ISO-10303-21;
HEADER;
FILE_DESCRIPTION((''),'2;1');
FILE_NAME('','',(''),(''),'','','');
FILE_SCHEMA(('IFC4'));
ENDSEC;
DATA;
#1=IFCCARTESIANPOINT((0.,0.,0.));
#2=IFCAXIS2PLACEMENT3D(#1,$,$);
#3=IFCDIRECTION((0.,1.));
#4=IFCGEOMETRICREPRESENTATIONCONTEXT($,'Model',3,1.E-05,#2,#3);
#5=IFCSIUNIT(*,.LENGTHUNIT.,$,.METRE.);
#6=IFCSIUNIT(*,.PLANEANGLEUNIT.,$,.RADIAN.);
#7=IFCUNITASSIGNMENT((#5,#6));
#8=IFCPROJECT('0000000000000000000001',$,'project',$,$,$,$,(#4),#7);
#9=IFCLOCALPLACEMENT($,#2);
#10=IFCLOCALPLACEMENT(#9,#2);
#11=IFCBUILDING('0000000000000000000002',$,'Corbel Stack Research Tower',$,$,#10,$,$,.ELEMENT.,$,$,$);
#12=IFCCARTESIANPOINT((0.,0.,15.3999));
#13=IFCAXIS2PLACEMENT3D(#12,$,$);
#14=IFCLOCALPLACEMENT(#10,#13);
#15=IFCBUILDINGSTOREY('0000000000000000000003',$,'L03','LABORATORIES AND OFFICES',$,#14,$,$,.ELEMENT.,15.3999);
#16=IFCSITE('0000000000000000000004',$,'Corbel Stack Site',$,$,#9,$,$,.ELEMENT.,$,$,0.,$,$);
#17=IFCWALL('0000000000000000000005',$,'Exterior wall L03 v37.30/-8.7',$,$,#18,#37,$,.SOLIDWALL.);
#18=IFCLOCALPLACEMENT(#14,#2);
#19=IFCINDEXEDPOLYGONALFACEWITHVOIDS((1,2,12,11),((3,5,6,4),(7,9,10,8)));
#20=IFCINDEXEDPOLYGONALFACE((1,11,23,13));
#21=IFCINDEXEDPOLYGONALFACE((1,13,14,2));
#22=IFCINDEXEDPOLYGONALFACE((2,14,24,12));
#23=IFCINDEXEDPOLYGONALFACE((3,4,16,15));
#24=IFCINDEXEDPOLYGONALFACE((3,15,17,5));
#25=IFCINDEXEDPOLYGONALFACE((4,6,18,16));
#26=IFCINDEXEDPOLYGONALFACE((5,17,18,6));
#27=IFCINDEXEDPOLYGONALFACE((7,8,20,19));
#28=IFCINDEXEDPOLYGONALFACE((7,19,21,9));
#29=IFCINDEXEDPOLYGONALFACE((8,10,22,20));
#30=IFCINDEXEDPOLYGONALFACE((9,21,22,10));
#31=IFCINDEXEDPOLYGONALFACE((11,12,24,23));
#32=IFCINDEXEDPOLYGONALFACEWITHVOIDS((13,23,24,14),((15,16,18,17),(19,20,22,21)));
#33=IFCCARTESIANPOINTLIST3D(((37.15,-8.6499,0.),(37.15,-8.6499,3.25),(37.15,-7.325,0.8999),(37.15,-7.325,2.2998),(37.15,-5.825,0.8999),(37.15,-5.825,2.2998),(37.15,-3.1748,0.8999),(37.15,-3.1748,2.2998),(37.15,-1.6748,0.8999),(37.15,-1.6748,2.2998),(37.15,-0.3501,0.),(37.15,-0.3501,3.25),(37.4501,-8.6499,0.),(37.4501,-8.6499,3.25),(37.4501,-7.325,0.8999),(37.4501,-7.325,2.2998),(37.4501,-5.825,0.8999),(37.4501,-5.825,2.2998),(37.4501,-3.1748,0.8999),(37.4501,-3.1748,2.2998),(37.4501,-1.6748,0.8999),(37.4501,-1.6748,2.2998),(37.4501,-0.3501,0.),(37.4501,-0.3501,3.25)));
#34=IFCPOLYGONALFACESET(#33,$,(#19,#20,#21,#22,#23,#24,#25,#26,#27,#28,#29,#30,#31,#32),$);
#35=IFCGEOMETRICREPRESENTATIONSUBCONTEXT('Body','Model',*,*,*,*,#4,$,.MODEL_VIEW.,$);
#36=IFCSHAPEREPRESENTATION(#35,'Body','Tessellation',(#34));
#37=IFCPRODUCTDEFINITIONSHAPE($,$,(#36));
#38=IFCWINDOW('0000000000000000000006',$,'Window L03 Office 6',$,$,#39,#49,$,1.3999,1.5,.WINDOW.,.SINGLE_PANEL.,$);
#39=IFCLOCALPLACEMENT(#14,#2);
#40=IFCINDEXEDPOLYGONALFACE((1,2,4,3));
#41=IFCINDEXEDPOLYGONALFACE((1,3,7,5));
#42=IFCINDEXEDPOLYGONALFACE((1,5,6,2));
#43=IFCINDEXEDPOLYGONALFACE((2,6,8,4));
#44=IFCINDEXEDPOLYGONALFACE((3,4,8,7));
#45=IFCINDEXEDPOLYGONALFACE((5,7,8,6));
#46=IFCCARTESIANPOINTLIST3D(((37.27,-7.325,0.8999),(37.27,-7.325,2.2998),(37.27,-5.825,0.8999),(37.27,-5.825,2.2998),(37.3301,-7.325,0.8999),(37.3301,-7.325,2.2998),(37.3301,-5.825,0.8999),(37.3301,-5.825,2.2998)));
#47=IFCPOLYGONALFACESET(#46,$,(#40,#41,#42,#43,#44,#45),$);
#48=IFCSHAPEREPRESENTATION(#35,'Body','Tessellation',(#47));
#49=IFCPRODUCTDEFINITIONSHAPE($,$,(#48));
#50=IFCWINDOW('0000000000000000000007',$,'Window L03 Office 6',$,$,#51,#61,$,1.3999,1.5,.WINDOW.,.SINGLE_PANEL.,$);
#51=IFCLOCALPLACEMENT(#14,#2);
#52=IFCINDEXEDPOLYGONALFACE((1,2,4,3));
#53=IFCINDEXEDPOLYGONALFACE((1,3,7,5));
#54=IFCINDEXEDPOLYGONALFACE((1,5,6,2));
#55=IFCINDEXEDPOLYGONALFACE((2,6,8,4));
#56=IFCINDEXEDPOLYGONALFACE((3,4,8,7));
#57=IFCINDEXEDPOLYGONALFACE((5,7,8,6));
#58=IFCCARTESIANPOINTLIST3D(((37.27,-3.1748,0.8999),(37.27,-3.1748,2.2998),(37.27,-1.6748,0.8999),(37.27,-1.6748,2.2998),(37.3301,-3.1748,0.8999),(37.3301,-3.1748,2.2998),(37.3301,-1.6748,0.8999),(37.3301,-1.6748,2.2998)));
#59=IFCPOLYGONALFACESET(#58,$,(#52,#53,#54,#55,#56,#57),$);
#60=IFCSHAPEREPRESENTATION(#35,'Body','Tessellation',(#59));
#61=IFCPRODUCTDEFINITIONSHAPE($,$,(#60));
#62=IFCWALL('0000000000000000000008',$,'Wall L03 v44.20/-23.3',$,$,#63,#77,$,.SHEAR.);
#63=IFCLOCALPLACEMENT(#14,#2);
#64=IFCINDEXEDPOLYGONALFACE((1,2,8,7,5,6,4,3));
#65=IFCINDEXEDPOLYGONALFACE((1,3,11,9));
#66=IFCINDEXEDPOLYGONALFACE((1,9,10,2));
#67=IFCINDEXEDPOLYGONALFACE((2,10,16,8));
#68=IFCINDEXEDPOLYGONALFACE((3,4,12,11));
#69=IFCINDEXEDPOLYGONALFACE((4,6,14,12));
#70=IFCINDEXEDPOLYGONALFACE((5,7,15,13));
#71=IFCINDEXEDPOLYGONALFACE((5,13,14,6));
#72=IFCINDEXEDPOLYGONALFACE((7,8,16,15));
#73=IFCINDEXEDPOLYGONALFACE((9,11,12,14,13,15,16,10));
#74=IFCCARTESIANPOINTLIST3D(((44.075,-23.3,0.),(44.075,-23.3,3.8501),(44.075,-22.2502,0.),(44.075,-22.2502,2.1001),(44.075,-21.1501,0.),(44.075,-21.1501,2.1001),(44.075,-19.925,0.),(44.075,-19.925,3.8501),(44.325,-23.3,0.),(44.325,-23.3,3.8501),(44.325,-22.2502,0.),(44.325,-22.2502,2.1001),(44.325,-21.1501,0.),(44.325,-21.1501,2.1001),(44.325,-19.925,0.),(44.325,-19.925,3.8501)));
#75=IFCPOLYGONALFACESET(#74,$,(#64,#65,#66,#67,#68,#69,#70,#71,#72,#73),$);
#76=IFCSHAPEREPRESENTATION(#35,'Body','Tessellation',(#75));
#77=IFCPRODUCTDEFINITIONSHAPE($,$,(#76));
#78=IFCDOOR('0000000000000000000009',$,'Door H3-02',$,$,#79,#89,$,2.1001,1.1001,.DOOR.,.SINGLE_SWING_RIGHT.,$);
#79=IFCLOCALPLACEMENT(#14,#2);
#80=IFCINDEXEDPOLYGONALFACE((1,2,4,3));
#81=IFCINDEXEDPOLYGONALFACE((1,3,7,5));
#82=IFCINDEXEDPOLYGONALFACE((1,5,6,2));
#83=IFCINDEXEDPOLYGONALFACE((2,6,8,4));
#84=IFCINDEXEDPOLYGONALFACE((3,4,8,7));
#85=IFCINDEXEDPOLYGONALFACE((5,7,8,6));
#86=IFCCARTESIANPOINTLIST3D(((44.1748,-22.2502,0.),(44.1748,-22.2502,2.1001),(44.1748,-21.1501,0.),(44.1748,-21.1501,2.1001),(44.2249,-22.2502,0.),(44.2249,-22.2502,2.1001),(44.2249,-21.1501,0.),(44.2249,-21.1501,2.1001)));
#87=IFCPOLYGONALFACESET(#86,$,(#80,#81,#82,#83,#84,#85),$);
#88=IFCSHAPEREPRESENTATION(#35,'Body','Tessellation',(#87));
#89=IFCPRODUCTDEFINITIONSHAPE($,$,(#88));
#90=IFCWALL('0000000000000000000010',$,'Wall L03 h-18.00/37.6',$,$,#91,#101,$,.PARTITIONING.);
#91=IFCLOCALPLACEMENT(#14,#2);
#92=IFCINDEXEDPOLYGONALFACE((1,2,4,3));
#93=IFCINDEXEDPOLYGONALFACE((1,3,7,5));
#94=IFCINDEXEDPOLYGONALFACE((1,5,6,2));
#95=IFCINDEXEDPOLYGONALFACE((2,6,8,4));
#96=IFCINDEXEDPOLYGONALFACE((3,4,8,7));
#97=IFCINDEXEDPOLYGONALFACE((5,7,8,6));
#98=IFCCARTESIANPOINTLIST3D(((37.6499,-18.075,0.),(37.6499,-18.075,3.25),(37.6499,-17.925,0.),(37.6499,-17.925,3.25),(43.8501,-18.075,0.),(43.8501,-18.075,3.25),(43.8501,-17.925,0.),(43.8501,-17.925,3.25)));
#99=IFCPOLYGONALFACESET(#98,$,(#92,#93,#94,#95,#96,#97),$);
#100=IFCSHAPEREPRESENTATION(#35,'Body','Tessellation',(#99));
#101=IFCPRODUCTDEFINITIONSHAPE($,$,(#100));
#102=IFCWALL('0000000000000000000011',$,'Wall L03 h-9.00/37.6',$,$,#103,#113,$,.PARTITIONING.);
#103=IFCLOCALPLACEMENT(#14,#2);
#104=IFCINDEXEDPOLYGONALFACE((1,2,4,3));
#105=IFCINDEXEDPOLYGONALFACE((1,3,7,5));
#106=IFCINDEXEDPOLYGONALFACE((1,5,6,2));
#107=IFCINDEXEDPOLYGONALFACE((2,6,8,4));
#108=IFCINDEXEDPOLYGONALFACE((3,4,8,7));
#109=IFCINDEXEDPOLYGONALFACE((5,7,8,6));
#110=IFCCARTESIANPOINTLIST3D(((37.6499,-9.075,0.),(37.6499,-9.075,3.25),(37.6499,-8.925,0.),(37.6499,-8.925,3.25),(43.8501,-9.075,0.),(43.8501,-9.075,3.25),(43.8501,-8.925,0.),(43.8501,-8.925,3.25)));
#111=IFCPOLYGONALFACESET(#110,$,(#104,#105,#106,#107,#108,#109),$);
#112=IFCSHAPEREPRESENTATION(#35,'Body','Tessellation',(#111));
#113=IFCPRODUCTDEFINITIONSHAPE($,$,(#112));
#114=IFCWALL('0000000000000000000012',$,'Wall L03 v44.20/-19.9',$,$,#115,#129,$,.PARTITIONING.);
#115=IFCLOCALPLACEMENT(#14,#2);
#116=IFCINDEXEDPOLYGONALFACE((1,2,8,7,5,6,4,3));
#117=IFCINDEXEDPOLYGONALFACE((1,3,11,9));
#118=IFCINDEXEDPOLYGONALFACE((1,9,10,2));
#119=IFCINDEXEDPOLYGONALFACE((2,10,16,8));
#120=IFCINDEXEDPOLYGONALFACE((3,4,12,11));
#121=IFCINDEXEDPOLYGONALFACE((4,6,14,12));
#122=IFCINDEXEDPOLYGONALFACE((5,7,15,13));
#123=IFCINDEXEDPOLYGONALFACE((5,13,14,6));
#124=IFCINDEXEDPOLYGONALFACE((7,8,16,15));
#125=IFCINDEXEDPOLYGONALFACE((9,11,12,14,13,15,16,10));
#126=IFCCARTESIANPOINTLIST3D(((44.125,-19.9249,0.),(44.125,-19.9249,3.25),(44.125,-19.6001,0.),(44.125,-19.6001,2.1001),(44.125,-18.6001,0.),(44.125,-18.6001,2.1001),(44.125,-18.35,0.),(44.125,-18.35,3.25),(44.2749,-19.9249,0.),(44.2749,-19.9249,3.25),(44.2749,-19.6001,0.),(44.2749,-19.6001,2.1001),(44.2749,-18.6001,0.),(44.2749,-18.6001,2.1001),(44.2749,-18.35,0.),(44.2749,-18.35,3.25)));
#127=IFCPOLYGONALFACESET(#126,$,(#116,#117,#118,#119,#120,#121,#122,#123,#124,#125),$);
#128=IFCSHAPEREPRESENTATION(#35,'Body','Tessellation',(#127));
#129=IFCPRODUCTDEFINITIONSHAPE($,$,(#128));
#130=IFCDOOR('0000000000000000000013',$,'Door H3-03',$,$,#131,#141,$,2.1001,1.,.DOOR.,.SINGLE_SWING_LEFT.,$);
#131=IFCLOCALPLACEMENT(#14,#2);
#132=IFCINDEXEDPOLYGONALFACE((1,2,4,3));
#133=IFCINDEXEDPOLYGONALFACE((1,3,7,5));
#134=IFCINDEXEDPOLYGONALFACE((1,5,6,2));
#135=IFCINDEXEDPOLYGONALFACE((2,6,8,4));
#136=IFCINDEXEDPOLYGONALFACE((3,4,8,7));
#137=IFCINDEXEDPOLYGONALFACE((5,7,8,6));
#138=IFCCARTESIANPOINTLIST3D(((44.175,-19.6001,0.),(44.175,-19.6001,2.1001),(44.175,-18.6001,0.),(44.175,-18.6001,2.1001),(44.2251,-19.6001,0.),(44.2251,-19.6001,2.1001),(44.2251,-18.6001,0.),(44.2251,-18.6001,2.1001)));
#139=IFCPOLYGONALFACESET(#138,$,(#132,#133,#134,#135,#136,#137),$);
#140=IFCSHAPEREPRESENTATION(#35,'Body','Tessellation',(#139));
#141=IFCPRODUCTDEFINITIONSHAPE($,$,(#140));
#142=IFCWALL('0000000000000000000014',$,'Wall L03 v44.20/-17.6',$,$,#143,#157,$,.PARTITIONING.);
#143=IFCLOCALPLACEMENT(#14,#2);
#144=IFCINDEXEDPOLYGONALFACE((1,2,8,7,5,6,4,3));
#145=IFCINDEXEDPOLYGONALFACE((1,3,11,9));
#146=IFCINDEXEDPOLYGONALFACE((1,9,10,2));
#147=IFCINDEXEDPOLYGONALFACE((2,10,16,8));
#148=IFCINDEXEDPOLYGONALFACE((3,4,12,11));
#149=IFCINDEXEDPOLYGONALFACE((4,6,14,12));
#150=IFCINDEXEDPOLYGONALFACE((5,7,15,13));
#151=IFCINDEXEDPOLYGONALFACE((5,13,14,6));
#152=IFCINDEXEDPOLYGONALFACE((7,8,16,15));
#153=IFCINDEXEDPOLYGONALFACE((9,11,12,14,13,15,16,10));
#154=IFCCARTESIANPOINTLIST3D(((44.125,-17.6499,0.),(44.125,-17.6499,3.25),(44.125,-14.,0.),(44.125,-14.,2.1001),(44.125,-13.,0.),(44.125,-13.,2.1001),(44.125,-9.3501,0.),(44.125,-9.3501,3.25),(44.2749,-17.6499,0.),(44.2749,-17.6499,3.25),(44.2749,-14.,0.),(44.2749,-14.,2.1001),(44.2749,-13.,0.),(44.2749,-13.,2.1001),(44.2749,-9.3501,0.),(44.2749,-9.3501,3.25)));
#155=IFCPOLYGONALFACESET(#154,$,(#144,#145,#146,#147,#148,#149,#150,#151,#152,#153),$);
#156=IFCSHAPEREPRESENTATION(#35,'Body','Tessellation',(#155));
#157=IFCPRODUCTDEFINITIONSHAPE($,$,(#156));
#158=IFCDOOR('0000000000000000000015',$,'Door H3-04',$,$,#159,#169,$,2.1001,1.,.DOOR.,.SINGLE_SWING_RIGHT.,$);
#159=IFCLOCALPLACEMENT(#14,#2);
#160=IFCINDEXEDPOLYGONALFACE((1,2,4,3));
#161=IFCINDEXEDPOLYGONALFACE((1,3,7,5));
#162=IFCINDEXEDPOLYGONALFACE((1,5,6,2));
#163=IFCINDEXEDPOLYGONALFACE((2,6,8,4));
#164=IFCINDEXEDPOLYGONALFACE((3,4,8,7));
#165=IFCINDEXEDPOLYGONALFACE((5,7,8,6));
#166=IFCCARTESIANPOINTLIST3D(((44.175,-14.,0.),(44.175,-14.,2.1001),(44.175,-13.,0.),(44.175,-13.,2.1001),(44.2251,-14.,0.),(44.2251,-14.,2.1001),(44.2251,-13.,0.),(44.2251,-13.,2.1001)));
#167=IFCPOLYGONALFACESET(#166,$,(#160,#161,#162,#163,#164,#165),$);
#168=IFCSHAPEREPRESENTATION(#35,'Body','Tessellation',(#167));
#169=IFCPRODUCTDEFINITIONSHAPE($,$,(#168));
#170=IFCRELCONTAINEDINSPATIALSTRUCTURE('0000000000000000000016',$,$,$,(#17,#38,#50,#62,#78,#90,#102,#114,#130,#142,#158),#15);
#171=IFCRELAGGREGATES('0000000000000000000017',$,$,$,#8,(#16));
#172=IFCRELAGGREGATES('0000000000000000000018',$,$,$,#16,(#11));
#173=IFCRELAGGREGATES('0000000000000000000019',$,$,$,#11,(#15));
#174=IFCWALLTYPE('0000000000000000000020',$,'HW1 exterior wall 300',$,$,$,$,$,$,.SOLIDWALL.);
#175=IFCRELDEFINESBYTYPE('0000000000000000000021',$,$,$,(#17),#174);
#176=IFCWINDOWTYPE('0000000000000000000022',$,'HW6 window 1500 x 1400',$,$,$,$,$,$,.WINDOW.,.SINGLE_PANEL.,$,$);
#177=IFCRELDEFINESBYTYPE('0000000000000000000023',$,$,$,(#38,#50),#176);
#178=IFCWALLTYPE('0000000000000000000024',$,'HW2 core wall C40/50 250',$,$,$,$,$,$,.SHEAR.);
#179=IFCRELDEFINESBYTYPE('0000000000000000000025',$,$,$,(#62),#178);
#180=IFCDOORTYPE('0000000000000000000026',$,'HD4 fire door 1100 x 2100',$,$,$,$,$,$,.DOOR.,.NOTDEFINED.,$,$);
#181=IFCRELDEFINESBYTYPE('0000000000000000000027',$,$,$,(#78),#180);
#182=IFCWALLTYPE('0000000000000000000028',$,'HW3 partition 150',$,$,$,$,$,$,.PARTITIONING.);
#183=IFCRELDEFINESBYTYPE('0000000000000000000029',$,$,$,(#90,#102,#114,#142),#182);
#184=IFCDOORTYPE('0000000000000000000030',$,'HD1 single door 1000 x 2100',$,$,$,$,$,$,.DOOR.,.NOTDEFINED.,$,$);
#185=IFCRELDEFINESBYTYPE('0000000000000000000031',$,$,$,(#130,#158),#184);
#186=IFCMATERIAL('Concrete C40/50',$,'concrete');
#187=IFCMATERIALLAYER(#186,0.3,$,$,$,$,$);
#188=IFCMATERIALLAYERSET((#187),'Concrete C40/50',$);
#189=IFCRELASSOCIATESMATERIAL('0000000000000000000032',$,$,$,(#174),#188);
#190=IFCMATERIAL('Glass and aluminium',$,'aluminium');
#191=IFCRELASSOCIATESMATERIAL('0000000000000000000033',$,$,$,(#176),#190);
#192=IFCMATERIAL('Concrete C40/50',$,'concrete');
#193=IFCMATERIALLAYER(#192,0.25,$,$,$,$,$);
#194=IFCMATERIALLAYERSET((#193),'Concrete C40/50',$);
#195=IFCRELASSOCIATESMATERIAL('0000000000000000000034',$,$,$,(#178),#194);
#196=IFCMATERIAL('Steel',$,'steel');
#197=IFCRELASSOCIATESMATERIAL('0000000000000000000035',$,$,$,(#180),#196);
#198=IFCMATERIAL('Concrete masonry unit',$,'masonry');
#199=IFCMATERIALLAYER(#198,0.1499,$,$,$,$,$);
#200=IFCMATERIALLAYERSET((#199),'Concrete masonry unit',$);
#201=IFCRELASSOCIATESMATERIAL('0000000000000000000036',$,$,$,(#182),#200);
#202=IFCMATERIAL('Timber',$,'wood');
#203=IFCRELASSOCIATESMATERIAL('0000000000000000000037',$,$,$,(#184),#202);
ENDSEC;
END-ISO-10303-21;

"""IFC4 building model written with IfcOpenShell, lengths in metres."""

from ifc_helpers import new_model, si_unit, direction, frame, frame_2d, origin, place, context, subcontext, project, spatial, rectangle, extrude, material, layer, layer_set, type_object, element, fill, save


model = new_model("IFC4")

# Units and contexts
model_context = context("Model", 3, precision=1e-05, world=origin(), true_north=direction((0.0, 1.0)))
body_context = subcontext(model_context, "Body", "Model", "MODEL_VIEW")
ifc_project = project(units=[si_unit("LENGTHUNIT", "METRE"), si_unit("PLANEANGLEUNIT", "RADIAN")], contexts=[model_context])

# Site, building, storey
site_placement = place(None, origin())
site = spatial("IfcSite", under=ifc_project, at=site_placement, Name="Corbel Stack Site", CompositionType="ELEMENT", RefElevation=0.0)
building_placement = place(site_placement, origin())
building = spatial("IfcBuilding", under=site, at=building_placement, Name="Corbel Stack Research Tower", CompositionType="ELEMENT")
storey_placement = place(building_placement, frame((0.0, 0.0, 15.3999)))
storey = spatial("IfcBuildingStorey", under=building, at=storey_placement, Name="L03", Description="LABORATORIES AND OFFICES", CompositionType="ELEMENT", Elevation=15.3999)

# Wall, openings, windows
ifc_material_1 = material(Name="Concrete C40/50", Category="concrete")
ifc_layer_1 = layer(ifc_material_1, 0.3)
ifc_layer_set_1 = layer_set([ifc_layer_1], Name="Concrete C40/50")
wall_type_1 = type_object("IfcWallType", Name="HW1 exterior wall 300", PredefinedType="SOLIDWALL", material=ifc_layer_set_1)
ifc_material_2 = material(Name="Glass and aluminium", Category="aluminium")
window_type = type_object("IfcWindowType", Name="HW6 window 1500 x 1400", PartitioningType="SINGLE_PANEL", PredefinedType="WINDOW", material=ifc_material_2)
wall_1_placement = place(storey_placement, frame((37.3, -8.6499, 0.0), z_axis=(0.0, 0.0, 1.0), x_axis=(0.0, 1.0, 0.0)))
wall_1 = element("IfcWall", 1, at=wall_1_placement, inside=storey, type_object=wall_type_1, Name="Exterior wall L03 v37.30/-8.7", PredefinedType="SOLIDWALL", context=body_context, shape_type="SweptSolid", body=[
    extrude(rectangle(XDim=8.2998, YDim=0.3, at=frame_2d((4.1499, 0.0))), origin(), (0.0, 0.0, 1.0), 3.25),
])
opening_1_placement = place(wall_1_placement, frame((1.325, 0.0, 0.8999)))
opening_1 = element("IfcOpeningElement", 2, at=opening_1_placement, cuts=wall_1, PredefinedType="OPENING", context=body_context, shape_type="SweptSolid", body=[
    extrude(rectangle(XDim=1.5, YDim=1.3999, at=frame_2d((0.75, 0.7))), frame((0.0, 0.1599, 0.0), z_axis=(0.0, -1.0, 0.0), x_axis=(1.0, 0.0, 0.0)), (0.0, 0.0, 1.0), 0.3201),
])
opening_2_placement = place(wall_1_placement, frame((5.4751, 0.0, 0.8999)))
opening_2 = element("IfcOpeningElement", 3, at=opening_2_placement, cuts=wall_1, PredefinedType="OPENING", context=body_context, shape_type="SweptSolid", body=[
    extrude(rectangle(XDim=1.5, YDim=1.3999, at=frame_2d((0.75, 0.7))), frame((0.0, 0.1599, 0.0), z_axis=(0.0, -1.0, 0.0), x_axis=(1.0, 0.0, 0.0)), (0.0, 0.0, 1.0), 0.3201),
])
window_1_placement = place(opening_1_placement, origin())
window_1 = element("IfcWindow", 4, at=window_1_placement, inside=storey, type_object=window_type, Name="Window L03 Office 6", OverallHeight=1.3999, OverallWidth=1.5, PartitioningType="SINGLE_PANEL", PredefinedType="WINDOW", context=body_context, shape_type="SweptSolid", body=[
    extrude(rectangle(XDim=1.5, YDim=1.3999, at=frame_2d((0.75, 0.7))), frame((0.0, 0.03, 0.0), z_axis=(0.0, -1.0, 0.0), x_axis=(1.0, 0.0, 0.0)), (0.0, 0.0, 1.0), 0.0601),
])
fill(opening_1, window_1)
window_2_placement = place(opening_2_placement, origin())
window_2 = element("IfcWindow", 5, at=window_2_placement, inside=storey, type_object=window_type, Name="Window L03 Office 6", OverallHeight=1.3999, OverallWidth=1.5, PartitioningType="SINGLE_PANEL", PredefinedType="WINDOW", context=body_context, shape_type="SweptSolid", body=[
    extrude(rectangle(XDim=1.5, YDim=1.3999, at=frame_2d((0.75, 0.7))), frame((0.0, 0.03, 0.0), z_axis=(0.0, -1.0, 0.0), x_axis=(1.0, 0.0, 0.0)), (0.0, 0.0, 1.0), 0.0601),
])
fill(opening_2, window_2)

# Wall, opening, door
ifc_material_3 = material(Name="Concrete C40/50", Category="concrete")
ifc_layer_2 = layer(ifc_material_3, 0.25)
ifc_layer_set_2 = layer_set([ifc_layer_2], Name="Concrete C40/50")
wall_type_2 = type_object("IfcWallType", Name="HW2 core wall C40/50 250", PredefinedType="SHEAR", material=ifc_layer_set_2)
wall_2_placement = place(storey_placement, frame((44.2, -19.925, 0.0), z_axis=(0.0, 0.0, 1.0), x_axis=(0.0, -1.0, 0.0)))
wall_2 = element("IfcWall", 6, at=wall_2_placement, inside=storey, type_object=wall_type_2, Name="Wall L03 v44.20/-23.3", PredefinedType="SHEAR", context=body_context, shape_type="SweptSolid", body=[
    extrude(rectangle(XDim=3.375, YDim=0.25, at=frame_2d((1.6875, 0.0))), origin(), (0.0, 0.0, 1.0), 3.8501),
])
opening_3_placement = place(wall_2_placement, frame((1.2251, 0.0, 0.0)))
opening_3 = element("IfcOpeningElement", 7, at=opening_3_placement, cuts=wall_2, PredefinedType="OPENING", context=body_context, shape_type="SweptSolid", body=[
    extrude(rectangle(XDim=1.1001, YDim=2.1001, at=frame_2d((0.55, 1.05))), frame((0.0, 0.135, 0.0), z_axis=(0.0, -1.0, 0.0), x_axis=(1.0, 0.0, 0.0)), (0.0, 0.0, 1.0), 0.27),
])
ifc_material_4 = material(Name="Steel", Category="steel")
door_type_1 = type_object("IfcDoorType", Name="HD4 fire door 1100 x 2100", OperationType="NOTDEFINED", PredefinedType="DOOR", material=ifc_material_4)
door_1_placement = place(opening_3_placement, origin())
door_1 = element("IfcDoor", 8, at=door_1_placement, inside=storey, type_object=door_type_1, Name="Door H3-02", OperationType="SINGLE_SWING_RIGHT", OverallHeight=2.1001, OverallWidth=1.1001, PredefinedType="DOOR", context=body_context, shape_type="SweptSolid", body=[
    extrude(rectangle(XDim=1.1001, YDim=2.1001, at=frame_2d((0.55, 1.05))), frame((0.0, 0.0249, 0.0), z_axis=(0.0, -1.0, 0.0), x_axis=(1.0, 0.0, 0.0)), (0.0, 0.0, 1.0), 0.05),
])
fill(opening_3, door_1)

# Walls
ifc_material_5 = material(Name="Concrete masonry unit", Category="masonry")
ifc_layer_3 = layer(ifc_material_5, 0.1499)
ifc_layer_set_3 = layer_set([ifc_layer_3], Name="Concrete masonry unit")
wall_type_3 = type_object("IfcWallType", Name="HW3 partition 150", PredefinedType="PARTITIONING", material=ifc_layer_set_3)
for number, where, z_axis, x_axis, name in (
    (9, (37.6499, -18.0, 0.0), (0.0, 0.0, 1.0), (1.0, 0.0, 0.0), "Wall L03 h-18.00/37.6"),
    (10, (37.6499, -9.0, 0.0), (0.0, 0.0, 1.0), (1.0, 0.0, 0.0), "Wall L03 h-9.00/37.6"),
):
    element("IfcWall", number, at=place(storey_placement, frame(where, z_axis=z_axis, x_axis=x_axis)), inside=storey, type_object=wall_type_3, Name=name, PredefinedType="PARTITIONING", context=body_context, shape_type="SweptSolid", body=[
        extrude(rectangle(XDim=6.2002, YDim=0.1499, at=frame_2d((3.1001, 0.0))), origin(), (0.0, 0.0, 1.0), 3.25),
    ])

# Walls, openings, doors
wall_3_placement = place(storey_placement, frame((44.2, -19.925, 0.0), z_axis=(0.0, 0.0, 1.0), x_axis=(0.0, 1.0, 0.0)))
wall_3 = element("IfcWall", 11, at=wall_3_placement, inside=storey, type_object=wall_type_3, Name="Wall L03 v44.20/-19.9", PredefinedType="PARTITIONING", context=body_context, shape_type="SweptSolid", body=[
    extrude(rectangle(XDim=1.575, YDim=0.1499, at=frame_2d((0.7876, 0.0))), origin(), (0.0, 0.0, 1.0), 3.25),
])
opening_4_placement = place(wall_3_placement, frame((0.325, 0.0, 0.0)))
opening_4 = element("IfcOpeningElement", 12, at=opening_4_placement, cuts=wall_3, PredefinedType="OPENING", context=body_context, shape_type="SweptSolid", body=[
    extrude(rectangle(XDim=1.0, YDim=2.1001, at=frame_2d((0.5, 1.05))), frame((0.0, 0.085, 0.0), z_axis=(0.0, -1.0, 0.0), x_axis=(1.0, 0.0, 0.0)), (0.0, 0.0, 1.0), 0.1699),
])
ifc_material_6 = material(Name="Timber", Category="wood")
door_type_2 = type_object("IfcDoorType", Name="HD1 single door 1000 x 2100", OperationType="NOTDEFINED", PredefinedType="DOOR", material=ifc_material_6)
door_2_placement = place(opening_4_placement, origin())
door_2 = element("IfcDoor", 13, at=door_2_placement, inside=storey, type_object=door_type_2, Name="Door H3-03", OperationType="SINGLE_SWING_LEFT", OverallHeight=2.1001, OverallWidth=1.0, PredefinedType="DOOR", context=body_context, shape_type="SweptSolid", body=[
    extrude(rectangle(XDim=1.0, YDim=2.1001, at=frame_2d((0.5, 1.05))), frame((0.0, 0.0249, 0.0), z_axis=(0.0, -1.0, 0.0), x_axis=(1.0, 0.0, 0.0)), (0.0, 0.0, 1.0), 0.05),
])
fill(opening_4, door_2)
wall_4_placement = place(storey_placement, frame((44.2, -17.6499, 0.0), z_axis=(0.0, 0.0, 1.0), x_axis=(0.0, 1.0, 0.0)))
wall_4 = element("IfcWall", 14, at=wall_4_placement, inside=storey, type_object=wall_type_3, Name="Wall L03 v44.20/-17.6", PredefinedType="PARTITIONING", context=body_context, shape_type="SweptSolid", body=[
    extrude(rectangle(XDim=8.2998, YDim=0.1499, at=frame_2d((4.1499, 0.0))), origin(), (0.0, 0.0, 1.0), 3.25),
])
opening_5_placement = place(wall_4_placement, frame((3.6499, 0.0, 0.0)))
opening_5 = element("IfcOpeningElement", 15, at=opening_5_placement, cuts=wall_4, PredefinedType="OPENING", context=body_context, shape_type="SweptSolid", body=[
    extrude(rectangle(XDim=1.0, YDim=2.1001, at=frame_2d((0.5, 1.05))), frame((0.0, 0.085, 0.0), z_axis=(0.0, -1.0, 0.0), x_axis=(1.0, 0.0, 0.0)), (0.0, 0.0, 1.0), 0.1699),
])
door_3_placement = place(opening_5_placement, origin())
door_3 = element("IfcDoor", 16, at=door_3_placement, inside=storey, type_object=door_type_2, Name="Door H3-04", OperationType="SINGLE_SWING_RIGHT", OverallHeight=2.1001, OverallWidth=1.0, PredefinedType="DOOR", context=body_context, shape_type="SweptSolid", body=[
    extrude(rectangle(XDim=1.0, YDim=2.1001, at=frame_2d((0.5, 1.05))), frame((0.0, 0.0249, 0.0), z_axis=(0.0, -1.0, 0.0), x_axis=(1.0, 0.0, 0.0)), (0.0, 0.0, 1.0), 0.05),
])
fill(opening_5, door_3)

save(model, "model.ifc")
